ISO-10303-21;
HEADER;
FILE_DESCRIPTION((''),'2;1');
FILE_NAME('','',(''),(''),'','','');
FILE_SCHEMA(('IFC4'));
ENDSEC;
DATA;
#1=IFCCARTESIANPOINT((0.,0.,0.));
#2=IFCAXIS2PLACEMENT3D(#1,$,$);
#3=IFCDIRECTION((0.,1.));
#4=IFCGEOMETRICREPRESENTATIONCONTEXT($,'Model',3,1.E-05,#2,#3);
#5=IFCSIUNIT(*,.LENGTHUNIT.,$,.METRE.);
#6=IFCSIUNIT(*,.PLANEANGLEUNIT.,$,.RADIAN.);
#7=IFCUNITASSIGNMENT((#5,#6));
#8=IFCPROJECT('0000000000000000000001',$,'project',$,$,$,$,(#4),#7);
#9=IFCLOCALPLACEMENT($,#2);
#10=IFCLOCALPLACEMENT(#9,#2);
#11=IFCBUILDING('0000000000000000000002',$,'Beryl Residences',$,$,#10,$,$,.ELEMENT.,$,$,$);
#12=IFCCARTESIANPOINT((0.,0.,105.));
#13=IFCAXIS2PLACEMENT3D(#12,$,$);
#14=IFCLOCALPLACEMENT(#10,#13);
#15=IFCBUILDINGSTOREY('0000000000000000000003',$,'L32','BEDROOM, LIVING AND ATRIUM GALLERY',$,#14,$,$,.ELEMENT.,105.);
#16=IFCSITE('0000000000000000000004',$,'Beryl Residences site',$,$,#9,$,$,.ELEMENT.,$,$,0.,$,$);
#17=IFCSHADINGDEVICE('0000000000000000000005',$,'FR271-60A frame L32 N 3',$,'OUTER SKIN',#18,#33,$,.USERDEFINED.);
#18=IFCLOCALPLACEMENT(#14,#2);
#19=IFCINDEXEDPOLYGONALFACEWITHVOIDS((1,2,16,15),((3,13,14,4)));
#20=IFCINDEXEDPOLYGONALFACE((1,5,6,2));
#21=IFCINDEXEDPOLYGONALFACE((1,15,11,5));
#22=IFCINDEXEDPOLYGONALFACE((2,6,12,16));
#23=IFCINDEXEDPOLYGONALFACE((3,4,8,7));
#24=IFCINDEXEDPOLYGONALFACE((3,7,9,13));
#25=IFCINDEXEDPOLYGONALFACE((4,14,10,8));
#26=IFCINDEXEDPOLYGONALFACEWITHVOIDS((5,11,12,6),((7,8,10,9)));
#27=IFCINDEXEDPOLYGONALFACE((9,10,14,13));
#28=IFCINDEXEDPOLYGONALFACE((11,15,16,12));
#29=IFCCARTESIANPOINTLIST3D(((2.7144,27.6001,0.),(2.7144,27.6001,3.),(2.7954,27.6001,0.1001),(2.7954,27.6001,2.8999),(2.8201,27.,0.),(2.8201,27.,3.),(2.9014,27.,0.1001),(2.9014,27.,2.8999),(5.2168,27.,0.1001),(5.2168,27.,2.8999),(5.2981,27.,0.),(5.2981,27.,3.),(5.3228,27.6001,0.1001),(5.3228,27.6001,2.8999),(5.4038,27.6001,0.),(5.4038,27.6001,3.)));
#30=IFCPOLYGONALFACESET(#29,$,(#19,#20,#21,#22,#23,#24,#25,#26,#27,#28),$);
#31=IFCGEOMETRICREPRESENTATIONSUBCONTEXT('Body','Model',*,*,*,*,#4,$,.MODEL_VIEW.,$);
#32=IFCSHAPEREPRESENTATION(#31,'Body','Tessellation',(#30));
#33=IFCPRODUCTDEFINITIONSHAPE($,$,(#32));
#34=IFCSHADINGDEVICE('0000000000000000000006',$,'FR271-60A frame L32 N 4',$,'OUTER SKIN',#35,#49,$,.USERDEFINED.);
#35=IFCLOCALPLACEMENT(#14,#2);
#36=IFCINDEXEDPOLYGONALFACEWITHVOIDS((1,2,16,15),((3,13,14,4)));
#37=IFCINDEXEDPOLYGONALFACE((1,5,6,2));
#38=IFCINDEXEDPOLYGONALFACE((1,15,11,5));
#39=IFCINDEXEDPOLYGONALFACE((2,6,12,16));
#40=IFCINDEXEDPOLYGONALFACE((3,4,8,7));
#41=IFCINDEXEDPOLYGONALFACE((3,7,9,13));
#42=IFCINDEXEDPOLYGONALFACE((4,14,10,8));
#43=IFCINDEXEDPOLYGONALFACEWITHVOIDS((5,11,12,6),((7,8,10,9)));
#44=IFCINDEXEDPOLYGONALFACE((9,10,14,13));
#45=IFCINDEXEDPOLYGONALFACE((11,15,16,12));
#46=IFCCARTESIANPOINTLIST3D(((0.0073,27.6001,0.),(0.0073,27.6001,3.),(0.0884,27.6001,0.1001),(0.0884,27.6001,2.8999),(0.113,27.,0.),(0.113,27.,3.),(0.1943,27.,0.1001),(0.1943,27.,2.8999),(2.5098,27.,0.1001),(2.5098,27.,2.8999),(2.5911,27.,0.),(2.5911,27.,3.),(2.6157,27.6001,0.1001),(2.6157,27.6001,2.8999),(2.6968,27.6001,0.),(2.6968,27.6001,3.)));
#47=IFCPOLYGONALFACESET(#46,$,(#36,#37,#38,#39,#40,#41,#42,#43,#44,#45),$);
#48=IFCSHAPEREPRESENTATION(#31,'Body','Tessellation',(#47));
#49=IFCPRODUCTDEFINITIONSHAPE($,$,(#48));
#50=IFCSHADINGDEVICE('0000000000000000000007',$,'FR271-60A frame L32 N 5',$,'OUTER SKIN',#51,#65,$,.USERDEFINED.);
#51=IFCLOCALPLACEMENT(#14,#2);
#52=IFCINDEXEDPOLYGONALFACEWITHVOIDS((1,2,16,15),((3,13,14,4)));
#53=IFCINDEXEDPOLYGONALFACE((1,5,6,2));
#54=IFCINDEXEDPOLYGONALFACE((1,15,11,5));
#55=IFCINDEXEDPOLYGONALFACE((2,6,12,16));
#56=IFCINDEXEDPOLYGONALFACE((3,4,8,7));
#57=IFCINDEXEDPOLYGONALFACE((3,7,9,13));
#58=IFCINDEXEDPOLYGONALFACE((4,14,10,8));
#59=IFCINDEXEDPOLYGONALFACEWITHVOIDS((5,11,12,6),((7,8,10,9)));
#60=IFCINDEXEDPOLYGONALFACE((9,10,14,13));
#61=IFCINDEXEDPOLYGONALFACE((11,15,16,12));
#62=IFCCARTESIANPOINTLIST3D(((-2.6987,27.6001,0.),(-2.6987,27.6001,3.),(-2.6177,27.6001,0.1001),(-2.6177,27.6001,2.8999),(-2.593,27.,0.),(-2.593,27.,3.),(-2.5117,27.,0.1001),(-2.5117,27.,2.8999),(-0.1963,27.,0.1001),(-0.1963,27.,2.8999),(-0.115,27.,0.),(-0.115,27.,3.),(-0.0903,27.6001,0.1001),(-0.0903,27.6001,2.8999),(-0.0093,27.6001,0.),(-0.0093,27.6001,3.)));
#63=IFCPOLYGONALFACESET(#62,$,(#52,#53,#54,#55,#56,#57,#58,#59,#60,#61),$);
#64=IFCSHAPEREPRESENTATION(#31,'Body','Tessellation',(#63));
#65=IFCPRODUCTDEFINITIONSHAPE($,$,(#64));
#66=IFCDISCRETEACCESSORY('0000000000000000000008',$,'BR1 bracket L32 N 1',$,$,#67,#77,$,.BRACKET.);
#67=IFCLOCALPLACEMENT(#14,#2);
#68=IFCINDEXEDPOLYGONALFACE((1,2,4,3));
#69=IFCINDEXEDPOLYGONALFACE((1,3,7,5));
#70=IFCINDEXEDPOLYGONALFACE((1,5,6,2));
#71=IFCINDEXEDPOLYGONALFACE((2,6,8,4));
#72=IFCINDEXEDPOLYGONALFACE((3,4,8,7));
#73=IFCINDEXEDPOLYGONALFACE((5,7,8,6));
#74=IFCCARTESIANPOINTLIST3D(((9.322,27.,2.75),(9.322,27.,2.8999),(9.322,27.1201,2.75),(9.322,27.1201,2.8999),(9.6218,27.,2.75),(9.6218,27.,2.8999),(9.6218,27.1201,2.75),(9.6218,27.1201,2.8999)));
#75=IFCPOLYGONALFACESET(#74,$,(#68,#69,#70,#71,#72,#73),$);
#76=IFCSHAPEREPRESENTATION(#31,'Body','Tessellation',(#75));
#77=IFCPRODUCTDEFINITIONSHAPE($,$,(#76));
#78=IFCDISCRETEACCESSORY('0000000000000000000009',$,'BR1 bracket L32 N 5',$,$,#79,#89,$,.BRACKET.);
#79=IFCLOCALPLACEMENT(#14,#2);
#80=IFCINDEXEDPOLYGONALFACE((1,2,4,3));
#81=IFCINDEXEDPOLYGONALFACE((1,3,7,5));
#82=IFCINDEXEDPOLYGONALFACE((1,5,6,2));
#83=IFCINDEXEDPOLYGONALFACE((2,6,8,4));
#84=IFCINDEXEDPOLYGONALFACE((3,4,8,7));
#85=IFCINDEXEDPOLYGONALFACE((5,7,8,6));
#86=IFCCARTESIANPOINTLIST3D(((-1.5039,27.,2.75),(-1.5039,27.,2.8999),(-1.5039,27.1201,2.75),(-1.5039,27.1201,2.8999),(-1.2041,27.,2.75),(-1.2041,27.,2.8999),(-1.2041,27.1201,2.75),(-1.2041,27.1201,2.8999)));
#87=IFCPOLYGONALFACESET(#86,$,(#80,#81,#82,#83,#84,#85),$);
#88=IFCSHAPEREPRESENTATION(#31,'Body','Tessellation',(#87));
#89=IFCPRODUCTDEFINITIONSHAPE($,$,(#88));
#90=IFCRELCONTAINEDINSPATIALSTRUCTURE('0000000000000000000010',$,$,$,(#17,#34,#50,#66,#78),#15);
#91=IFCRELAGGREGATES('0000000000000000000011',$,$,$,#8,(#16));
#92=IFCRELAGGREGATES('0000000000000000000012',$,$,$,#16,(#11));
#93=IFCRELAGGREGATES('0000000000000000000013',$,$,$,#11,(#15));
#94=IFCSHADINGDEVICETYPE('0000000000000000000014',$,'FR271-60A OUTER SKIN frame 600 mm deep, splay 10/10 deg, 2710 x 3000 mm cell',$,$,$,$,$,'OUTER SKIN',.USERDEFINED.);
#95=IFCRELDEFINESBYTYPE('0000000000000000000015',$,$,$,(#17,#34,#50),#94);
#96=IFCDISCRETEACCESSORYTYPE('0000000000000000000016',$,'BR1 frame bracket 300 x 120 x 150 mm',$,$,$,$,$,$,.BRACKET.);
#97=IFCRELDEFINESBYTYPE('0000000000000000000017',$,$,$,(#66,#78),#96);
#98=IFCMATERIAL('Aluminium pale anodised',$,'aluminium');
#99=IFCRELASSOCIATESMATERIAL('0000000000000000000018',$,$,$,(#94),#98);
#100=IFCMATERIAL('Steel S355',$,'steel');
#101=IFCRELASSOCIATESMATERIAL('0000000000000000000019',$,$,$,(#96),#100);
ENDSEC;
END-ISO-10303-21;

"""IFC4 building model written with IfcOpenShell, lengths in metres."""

from ifc_helpers import new_model, entity, si_unit, direction, frame, origin, place, context, subcontext, project, spatial, polyline, outline, extrude, source, transform, mapped, material, type_object, type_shapes, element, save


model = new_model("IFC4")

# Units and contexts
model_context = context("Model", 3, precision=1e-05, world=origin(), true_north=direction((0.0, 1.0)))
body_context = subcontext(model_context, "Body", "Model", "MODEL_VIEW")
ifc_project = project(units=[si_unit("LENGTHUNIT", "METRE"), si_unit("PLANEANGLEUNIT", "RADIAN")], contexts=[model_context])

# Site, building, storey
site_placement = place(None, origin())
site = spatial("IfcSite", under=ifc_project, at=site_placement, Name="Beryl Residences site", CompositionType="ELEMENT", RefElevation=0.0)
building_placement = place(site_placement, origin())
building = spatial("IfcBuilding", under=site, at=building_placement, Name="Beryl Residences", CompositionType="ELEMENT")
storey_placement = place(building_placement, frame((0.0, 0.0, 105.0)))
storey = spatial("IfcBuildingStorey", under=building, at=storey_placement, Name="L32", Description="BEDROOM, LIVING AND ATRIUM GALLERY", CompositionType="ELEMENT", Elevation=105.0)

# Shading devices
ifc_material_1 = material(Name="Aluminium pale anodised", Category="aluminium")
shading_device_type = type_object("IfcShadingDeviceType", Name="FR271-60A OUTER SKIN frame 600 mm deep, splay 10/10 deg, 2710 x 3000 mm cell", ElementType="OUTER SKIN", PredefinedType="USERDEFINED", material=ifc_material_1)
cartesian_point_1 = entity("IfcCartesianPoint", [-1.239, 0.0])
cartesian_point_2 = entity("IfcCartesianPoint", [-1.1577, 0.1001])
cartesian_point_3 = entity("IfcCartesianPoint", [-1.3447, 0.0])
cartesian_point_4 = entity("IfcCartesianPoint", [-1.2637, 0.1001])
shared_shape_1 = source(origin(), body_context, "Body", "SweptSolid", [
    entity("IfcExtrudedAreaSolidTapered", entity("IfcArbitraryProfileDefWithVoids", "AREA", None, entity("IfcPolyline", [cartesian_point_1, entity("IfcCartesianPoint", [1.239, 0.0]), entity("IfcCartesianPoint", [1.239, 3.0]), entity("IfcCartesianPoint", [-1.239, 3.0]), cartesian_point_1]), [entity("IfcPolyline", [cartesian_point_2, entity("IfcCartesianPoint", [1.1577, 0.1001]), entity("IfcCartesianPoint", [1.1577, 2.8999]), entity("IfcCartesianPoint", [-1.1577, 2.8999]), cartesian_point_2])]), entity("IfcAxis2Placement3D", entity("IfcCartesianPoint", [0.0, 0.0, 0.0]), entity("IfcDirection", [0.0, 1.0, 0.0]), entity("IfcDirection", [-1.0, 0.0, 0.0])), entity("IfcDirection", [0.0, 0.0, 1.0]), 0.6001, entity("IfcArbitraryProfileDefWithVoids", "AREA", None, entity("IfcPolyline", [cartesian_point_3, entity("IfcCartesianPoint", [1.3447, 0.0]), entity("IfcCartesianPoint", [1.3447, 3.0]), entity("IfcCartesianPoint", [-1.3447, 3.0]), cartesian_point_3]), [entity("IfcPolyline", [cartesian_point_4, entity("IfcCartesianPoint", [1.2637, 0.1001]), entity("IfcCartesianPoint", [1.2637, 2.8999]), entity("IfcCartesianPoint", [-1.2637, 2.8999]), cartesian_point_4])])),
])
type_shapes(shading_device_type, [shared_shape_1])
for number, where, z_axis, x_axis, name in (
    (1, (4.0591, 27.0, 0.0), (0.0, 0.0, 1.0), (1.0, 0.0, 0.0), "FR271-60A frame L32 N 3"),
    (2, (1.3521, 27.0, 0.0), (0.0, 0.0, 1.0), (1.0, 0.0, 0.0), "FR271-60A frame L32 N 4"),
    (3, (-1.354, 27.0, 0.0), (0.0, 0.0, 1.0), (1.0, 0.0, 0.0), "FR271-60A frame L32 N 5"),
):
    element("IfcShadingDevice", number, at=place(storey_placement, frame(where, z_axis=z_axis, x_axis=x_axis)), inside=storey, type_object=shading_device_type, Name=name, ObjectType="OUTER SKIN", PredefinedType="USERDEFINED", context=body_context, shape_type="MappedRepresentation", body=[
        mapped(shared_shape_1, transform((0.0, 0.0, 0.0))),
    ])

# Discrete accessories
ifc_material_2 = material(Name="Steel S355", Category="steel")
discrete_accessory_type = type_object("IfcDiscreteAccessoryType", Name="BR1 frame bracket 300 x 120 x 150 mm", PredefinedType="BRACKET", material=ifc_material_2)
shared_shape_2 = source(origin(), body_context, "Body", "SweptSolid", [
    extrude(outline(polyline([(-0.1499, 0.0), (0.1499, 0.0), (0.1499, 0.1201), (-0.1499, 0.1201), (-0.1499, 0.0)])), origin(), (0.0, 0.0, 1.0), 0.1499),
])
type_shapes(discrete_accessory_type, [shared_shape_2])
for number, where, z_axis, x_axis, name in (
    (4, (9.4719, 27.0, 2.75), (0.0, 0.0, 1.0), (1.0, 0.0, 0.0), "BR1 bracket L32 N 1"),
    (5, (-1.354, 27.0, 2.75), (0.0, 0.0, 1.0), (1.0, 0.0, 0.0), "BR1 bracket L32 N 5"),
):
    element("IfcDiscreteAccessory", number, at=place(storey_placement, frame(where, z_axis=z_axis, x_axis=x_axis)), inside=storey, type_object=discrete_accessory_type, Name=name, PredefinedType="BRACKET", context=body_context, shape_type="MappedRepresentation", body=[
        mapped(shared_shape_2, transform((0.0, 0.0, 0.0))),
    ])

save(model, "model.ifc")
